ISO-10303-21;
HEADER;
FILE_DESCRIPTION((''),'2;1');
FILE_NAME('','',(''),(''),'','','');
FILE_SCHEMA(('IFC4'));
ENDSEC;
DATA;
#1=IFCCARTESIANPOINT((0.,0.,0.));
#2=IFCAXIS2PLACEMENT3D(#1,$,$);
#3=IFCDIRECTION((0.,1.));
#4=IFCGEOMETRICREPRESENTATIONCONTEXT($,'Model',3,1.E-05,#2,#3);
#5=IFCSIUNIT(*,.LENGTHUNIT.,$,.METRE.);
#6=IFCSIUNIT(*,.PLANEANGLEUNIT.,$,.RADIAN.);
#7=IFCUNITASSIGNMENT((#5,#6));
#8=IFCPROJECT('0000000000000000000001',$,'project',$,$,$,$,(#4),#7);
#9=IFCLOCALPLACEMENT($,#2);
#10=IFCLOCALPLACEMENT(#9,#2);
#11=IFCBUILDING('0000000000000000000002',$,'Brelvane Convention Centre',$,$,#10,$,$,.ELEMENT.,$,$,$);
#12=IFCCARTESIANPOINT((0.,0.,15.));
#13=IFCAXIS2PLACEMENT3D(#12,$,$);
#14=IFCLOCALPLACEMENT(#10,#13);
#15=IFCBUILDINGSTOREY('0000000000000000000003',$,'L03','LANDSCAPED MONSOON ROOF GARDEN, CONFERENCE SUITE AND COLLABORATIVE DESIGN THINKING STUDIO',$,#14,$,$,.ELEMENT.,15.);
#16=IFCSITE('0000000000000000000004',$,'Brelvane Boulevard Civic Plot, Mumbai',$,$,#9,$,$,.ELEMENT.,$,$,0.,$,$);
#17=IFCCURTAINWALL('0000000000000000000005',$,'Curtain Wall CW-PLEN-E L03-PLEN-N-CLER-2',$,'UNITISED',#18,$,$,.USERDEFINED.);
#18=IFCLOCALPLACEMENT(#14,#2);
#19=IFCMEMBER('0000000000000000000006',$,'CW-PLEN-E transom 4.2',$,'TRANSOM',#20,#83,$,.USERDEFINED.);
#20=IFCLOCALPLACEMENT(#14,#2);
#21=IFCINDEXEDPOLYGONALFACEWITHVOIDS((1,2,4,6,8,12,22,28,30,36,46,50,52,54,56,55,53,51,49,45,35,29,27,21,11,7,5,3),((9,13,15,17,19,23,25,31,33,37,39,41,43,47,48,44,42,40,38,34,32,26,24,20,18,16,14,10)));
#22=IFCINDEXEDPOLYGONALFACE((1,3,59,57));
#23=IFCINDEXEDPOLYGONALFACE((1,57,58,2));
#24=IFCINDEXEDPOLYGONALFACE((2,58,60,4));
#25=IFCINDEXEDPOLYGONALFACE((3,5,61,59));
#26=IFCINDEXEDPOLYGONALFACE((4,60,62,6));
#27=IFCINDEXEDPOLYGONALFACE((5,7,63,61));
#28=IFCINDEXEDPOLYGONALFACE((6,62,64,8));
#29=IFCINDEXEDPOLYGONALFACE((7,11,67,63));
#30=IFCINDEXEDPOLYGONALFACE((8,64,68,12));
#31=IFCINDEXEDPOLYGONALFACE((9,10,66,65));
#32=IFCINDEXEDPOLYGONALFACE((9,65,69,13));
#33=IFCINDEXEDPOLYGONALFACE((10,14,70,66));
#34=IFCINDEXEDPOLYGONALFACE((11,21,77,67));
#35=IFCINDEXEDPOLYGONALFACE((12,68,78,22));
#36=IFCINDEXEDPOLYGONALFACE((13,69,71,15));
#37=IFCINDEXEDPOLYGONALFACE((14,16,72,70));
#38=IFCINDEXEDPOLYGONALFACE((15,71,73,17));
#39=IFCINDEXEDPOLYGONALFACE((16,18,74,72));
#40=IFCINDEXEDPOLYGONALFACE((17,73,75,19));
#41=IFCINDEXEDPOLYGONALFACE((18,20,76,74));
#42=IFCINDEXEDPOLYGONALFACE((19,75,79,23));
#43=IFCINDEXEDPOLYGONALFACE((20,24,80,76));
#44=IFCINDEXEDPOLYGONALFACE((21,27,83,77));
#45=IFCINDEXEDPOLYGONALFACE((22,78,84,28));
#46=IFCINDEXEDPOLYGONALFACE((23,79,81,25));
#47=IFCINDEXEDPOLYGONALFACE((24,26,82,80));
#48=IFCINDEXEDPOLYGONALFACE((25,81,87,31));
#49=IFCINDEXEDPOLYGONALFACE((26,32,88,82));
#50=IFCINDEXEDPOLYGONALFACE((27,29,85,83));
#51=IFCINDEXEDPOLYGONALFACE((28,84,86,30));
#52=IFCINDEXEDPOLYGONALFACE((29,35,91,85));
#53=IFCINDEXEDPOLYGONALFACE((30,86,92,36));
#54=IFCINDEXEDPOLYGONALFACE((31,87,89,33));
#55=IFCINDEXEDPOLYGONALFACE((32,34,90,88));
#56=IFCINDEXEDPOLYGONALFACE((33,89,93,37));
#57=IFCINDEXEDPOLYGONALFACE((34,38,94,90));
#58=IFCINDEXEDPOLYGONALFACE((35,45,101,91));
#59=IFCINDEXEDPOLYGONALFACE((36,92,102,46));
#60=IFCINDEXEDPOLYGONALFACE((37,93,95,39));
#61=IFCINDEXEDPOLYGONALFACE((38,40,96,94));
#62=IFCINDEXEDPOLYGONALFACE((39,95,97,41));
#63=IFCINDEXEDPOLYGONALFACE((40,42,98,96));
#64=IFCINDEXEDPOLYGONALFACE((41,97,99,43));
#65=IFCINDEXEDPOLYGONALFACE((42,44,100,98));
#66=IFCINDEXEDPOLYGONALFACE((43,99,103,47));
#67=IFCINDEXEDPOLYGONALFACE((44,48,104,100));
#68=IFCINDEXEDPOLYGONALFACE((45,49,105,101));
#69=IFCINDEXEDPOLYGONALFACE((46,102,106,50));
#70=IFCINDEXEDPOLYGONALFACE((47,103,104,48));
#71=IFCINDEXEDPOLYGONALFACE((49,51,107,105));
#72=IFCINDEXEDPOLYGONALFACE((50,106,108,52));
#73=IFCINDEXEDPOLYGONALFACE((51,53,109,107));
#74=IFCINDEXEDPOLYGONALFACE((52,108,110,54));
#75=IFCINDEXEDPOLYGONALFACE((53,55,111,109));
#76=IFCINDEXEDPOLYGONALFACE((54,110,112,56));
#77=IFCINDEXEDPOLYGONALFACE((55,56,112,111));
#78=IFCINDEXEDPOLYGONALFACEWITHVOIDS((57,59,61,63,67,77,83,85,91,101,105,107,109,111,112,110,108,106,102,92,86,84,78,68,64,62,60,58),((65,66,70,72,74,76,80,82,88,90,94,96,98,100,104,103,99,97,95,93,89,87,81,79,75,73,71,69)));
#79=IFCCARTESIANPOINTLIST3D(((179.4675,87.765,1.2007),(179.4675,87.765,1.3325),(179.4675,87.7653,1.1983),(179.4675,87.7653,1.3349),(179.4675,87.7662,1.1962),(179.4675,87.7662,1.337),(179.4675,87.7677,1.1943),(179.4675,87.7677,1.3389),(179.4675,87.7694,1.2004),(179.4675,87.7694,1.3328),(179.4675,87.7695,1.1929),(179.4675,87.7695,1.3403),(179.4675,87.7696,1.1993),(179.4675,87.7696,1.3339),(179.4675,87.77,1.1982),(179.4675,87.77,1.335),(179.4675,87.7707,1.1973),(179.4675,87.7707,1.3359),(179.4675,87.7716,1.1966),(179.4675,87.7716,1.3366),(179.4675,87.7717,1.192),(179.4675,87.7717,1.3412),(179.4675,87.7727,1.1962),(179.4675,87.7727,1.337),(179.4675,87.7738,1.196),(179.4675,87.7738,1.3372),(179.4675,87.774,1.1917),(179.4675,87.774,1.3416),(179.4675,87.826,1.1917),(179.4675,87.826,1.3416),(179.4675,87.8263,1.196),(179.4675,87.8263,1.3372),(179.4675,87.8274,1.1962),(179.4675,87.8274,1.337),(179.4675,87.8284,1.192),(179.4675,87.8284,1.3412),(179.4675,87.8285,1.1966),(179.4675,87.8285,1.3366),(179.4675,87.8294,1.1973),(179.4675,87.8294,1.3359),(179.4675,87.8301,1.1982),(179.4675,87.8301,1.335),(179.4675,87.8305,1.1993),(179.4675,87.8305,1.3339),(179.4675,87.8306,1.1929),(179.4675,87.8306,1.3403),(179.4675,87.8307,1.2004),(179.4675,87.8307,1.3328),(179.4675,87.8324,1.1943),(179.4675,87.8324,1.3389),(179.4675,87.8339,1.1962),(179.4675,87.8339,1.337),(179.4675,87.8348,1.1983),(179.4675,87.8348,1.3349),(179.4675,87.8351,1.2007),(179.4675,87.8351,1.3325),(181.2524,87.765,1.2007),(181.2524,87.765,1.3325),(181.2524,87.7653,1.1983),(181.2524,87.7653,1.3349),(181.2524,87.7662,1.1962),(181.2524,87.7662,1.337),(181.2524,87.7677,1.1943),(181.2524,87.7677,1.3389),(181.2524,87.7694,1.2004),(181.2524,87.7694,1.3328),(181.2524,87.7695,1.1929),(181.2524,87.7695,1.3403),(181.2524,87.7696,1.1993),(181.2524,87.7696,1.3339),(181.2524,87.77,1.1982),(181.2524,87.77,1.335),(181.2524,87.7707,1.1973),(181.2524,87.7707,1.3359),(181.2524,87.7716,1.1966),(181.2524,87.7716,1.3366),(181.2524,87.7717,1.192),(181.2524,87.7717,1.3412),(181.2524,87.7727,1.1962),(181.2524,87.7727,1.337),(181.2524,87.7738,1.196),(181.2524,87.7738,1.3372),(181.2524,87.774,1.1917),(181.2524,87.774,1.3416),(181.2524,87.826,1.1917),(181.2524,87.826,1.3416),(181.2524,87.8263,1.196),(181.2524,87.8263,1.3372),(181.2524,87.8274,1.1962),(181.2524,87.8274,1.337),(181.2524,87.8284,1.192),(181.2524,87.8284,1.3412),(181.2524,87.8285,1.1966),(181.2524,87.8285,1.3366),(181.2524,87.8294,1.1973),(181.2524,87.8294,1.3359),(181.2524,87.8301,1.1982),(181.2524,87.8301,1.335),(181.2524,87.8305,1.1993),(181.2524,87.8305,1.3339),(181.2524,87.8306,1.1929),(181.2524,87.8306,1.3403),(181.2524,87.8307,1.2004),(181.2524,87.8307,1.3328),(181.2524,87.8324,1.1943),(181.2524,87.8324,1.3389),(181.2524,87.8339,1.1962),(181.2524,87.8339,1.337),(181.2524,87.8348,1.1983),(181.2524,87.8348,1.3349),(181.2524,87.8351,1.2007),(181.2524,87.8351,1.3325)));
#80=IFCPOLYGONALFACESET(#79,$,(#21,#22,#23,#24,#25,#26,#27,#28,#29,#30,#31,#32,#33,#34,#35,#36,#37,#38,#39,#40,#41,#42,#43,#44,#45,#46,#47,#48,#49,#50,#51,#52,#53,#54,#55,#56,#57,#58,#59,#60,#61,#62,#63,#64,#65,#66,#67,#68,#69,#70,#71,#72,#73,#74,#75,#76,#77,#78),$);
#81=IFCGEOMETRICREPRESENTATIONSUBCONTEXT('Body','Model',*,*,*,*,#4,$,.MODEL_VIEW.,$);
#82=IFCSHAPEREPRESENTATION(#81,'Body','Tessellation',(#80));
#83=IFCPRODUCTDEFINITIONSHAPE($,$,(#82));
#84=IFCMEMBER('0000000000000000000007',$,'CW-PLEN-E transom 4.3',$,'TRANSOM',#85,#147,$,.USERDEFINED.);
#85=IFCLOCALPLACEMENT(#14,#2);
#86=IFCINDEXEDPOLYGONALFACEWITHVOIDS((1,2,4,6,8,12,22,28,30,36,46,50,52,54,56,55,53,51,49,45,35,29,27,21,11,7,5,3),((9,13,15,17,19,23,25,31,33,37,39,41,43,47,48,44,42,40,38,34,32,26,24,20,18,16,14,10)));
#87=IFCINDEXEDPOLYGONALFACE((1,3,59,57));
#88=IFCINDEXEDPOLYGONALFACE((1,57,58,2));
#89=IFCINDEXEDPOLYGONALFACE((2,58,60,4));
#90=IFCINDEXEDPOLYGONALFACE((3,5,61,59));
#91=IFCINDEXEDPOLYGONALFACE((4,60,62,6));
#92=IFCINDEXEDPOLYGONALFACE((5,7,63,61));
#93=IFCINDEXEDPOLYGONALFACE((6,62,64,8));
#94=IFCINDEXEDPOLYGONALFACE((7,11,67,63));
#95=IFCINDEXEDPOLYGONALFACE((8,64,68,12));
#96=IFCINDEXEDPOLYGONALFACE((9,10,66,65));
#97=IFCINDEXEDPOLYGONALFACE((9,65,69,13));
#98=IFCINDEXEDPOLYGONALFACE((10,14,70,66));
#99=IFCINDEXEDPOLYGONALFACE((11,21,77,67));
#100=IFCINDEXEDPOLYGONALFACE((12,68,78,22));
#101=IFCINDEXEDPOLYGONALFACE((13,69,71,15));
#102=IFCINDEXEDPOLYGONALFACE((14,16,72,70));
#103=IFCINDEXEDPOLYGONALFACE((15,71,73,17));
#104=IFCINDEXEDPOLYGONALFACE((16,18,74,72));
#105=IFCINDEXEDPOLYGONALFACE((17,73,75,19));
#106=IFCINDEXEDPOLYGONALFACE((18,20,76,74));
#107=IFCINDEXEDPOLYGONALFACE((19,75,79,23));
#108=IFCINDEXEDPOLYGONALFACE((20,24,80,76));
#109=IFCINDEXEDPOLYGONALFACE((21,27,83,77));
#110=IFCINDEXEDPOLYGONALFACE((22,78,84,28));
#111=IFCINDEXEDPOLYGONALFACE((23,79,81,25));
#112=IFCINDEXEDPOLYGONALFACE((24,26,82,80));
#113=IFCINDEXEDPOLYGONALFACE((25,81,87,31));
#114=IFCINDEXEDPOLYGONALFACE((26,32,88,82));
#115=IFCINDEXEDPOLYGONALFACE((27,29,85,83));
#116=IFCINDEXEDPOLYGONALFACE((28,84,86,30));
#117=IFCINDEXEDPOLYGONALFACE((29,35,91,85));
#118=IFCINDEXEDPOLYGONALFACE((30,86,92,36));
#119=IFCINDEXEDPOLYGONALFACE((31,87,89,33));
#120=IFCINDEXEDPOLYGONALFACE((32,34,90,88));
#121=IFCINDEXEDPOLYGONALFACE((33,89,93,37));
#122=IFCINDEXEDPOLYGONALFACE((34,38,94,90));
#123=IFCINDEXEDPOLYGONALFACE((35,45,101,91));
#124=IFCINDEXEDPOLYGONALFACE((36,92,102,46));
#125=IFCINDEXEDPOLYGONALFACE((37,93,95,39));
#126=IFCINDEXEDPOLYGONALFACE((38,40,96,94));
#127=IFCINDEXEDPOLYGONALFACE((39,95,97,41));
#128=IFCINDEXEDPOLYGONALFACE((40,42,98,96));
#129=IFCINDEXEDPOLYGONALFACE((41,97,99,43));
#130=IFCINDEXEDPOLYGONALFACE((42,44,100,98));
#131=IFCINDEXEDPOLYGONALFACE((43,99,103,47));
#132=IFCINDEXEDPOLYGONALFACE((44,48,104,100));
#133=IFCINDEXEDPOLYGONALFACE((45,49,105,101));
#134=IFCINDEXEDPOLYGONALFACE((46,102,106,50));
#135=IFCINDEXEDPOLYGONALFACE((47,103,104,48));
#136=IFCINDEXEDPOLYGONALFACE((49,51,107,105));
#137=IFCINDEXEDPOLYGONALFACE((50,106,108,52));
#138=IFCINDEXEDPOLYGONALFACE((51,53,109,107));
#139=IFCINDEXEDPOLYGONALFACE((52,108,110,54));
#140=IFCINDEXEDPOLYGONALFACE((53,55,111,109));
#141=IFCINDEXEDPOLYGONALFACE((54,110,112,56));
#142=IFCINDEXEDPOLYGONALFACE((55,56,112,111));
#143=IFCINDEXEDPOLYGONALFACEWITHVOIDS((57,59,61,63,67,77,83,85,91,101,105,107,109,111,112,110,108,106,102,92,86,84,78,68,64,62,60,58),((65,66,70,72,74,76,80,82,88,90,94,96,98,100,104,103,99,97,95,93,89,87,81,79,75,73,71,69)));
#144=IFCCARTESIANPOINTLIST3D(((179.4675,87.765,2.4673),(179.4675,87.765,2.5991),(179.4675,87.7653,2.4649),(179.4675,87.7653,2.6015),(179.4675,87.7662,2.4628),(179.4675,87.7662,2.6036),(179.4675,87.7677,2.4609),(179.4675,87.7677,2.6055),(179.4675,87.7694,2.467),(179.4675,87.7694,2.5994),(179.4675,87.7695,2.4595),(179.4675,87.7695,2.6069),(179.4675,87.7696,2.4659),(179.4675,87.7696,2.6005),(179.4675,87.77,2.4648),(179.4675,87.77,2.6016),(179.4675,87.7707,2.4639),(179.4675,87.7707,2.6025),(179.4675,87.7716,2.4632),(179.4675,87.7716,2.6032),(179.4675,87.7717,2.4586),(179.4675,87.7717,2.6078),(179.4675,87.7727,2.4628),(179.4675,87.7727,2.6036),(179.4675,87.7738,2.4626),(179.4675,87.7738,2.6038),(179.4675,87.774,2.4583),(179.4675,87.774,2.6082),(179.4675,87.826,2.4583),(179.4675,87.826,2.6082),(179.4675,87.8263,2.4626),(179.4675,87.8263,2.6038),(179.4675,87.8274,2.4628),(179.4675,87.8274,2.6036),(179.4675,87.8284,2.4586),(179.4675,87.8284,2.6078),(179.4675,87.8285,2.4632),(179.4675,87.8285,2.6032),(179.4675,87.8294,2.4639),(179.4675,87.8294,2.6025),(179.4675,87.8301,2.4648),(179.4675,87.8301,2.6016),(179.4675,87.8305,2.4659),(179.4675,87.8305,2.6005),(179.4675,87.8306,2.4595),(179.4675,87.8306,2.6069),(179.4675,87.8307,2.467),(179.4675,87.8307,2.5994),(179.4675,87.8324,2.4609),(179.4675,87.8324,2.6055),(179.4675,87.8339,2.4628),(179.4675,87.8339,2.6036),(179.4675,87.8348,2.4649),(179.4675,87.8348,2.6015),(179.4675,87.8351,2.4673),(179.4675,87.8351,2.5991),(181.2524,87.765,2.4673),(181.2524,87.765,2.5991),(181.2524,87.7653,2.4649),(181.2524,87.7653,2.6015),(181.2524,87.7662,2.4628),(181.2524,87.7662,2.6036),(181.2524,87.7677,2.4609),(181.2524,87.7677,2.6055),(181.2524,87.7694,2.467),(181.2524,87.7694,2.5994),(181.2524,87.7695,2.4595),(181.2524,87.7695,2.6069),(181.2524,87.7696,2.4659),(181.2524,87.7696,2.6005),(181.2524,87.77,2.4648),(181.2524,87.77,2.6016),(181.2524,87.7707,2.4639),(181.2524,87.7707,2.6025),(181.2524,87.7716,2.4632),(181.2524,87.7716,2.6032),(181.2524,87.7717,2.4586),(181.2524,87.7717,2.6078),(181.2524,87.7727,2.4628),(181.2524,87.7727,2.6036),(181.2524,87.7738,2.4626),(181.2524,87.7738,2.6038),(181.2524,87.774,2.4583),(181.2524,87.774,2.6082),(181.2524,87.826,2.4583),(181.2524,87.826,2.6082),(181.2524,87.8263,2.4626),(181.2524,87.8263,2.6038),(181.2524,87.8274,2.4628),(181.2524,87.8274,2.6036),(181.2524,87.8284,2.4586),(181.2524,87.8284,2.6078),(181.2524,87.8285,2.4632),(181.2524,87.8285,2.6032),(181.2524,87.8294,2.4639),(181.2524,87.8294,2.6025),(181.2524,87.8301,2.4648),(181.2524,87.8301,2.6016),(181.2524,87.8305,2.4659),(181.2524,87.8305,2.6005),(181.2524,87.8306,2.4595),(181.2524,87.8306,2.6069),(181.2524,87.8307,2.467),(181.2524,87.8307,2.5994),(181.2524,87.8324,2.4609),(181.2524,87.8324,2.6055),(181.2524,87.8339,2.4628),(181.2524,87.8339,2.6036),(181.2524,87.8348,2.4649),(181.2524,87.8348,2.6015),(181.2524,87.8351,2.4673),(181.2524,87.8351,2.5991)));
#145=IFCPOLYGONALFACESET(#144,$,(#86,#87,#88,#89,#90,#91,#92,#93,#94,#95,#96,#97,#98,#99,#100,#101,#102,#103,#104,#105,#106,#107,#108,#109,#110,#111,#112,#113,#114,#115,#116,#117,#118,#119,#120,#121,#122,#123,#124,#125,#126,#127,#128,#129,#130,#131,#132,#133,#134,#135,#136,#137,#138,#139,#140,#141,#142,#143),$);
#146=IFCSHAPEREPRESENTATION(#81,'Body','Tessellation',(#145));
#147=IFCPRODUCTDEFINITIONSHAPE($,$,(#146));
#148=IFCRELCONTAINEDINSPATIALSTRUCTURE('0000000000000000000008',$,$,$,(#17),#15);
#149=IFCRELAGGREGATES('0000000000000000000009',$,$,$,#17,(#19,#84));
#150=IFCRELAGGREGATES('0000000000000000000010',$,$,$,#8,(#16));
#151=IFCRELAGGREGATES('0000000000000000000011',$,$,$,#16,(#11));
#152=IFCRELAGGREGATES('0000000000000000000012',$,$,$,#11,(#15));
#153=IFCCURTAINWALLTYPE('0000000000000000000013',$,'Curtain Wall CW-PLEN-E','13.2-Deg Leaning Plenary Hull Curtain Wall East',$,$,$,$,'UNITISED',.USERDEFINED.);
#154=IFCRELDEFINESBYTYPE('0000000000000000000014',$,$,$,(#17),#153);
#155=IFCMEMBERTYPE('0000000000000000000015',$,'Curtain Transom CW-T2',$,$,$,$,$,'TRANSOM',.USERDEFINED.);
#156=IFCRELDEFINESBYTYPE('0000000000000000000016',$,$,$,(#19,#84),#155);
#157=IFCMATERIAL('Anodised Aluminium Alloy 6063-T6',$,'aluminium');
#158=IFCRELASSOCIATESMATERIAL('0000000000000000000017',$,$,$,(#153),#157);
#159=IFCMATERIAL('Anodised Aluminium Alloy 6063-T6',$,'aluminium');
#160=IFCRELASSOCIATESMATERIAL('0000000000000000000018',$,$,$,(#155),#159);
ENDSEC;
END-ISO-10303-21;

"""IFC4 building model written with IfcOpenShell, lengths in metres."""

from ifc_helpers import new_model, si_unit, direction, frame, origin, origin_2d, place, context, subcontext, project, spatial, hollow_rectangle, extrude, material, material_profile, profile_set, type_object, element, aggregate, save


model = new_model("IFC4")

# Units and contexts
model_context = context("Model", 3, precision=1e-05, world=origin(), true_north=direction((0.0, 1.0)))
body_context = subcontext(model_context, "Body", "Model", "MODEL_VIEW")
ifc_project = project(units=[si_unit("LENGTHUNIT", "METRE"), si_unit("PLANEANGLEUNIT", "RADIAN")], contexts=[model_context])

# Site, building, storey
site_placement = place(None, origin())
site = spatial("IfcSite", under=ifc_project, at=site_placement, Name="Brelvane Boulevard Civic Plot, Mumbai", CompositionType="ELEMENT", RefElevation=0.0)
building_placement = place(site_placement, origin())
building = spatial("IfcBuilding", under=site, at=building_placement, Name="Brelvane Convention Centre", CompositionType="ELEMENT")
storey_placement = place(building_placement, frame((0.0, 0.0, 15.0)))
storey = spatial("IfcBuildingStorey", under=building, at=storey_placement, Name="L03", Description="LANDSCAPED MONSOON ROOF GARDEN, CONFERENCE SUITE AND COLLABORATIVE DESIGN THINKING STUDIO", CompositionType="ELEMENT", Elevation=15.0)

# Curtain wall, members
ifc_material_1 = material(Name="Anodised Aluminium Alloy 6063-T6", Category="aluminium")
curtain_wall_type = type_object("IfcCurtainWallType", Name="Curtain Wall CW-PLEN-E", Description="13.2-Deg Leaning Plenary Hull Curtain Wall East", ElementType="UNITISED", PredefinedType="USERDEFINED", material=ifc_material_1)
curtain_wall_placement = place(storey_placement, origin())
curtain_wall = element("IfcCurtainWall", 1, at=curtain_wall_placement, inside=storey, type_object=curtain_wall_type, Name="Curtain Wall CW-PLEN-E L03-PLEN-N-CLER-2", ObjectType="UNITISED", PredefinedType="USERDEFINED")
ifc_material_2 = material(Name="Anodised Aluminium Alloy 6063-T6", Category="aluminium")
ifc_material_profile_1 = material_profile(ifc_material_2, hollow_rectangle(XDim=0.0701, YDim=0.1499, WallThickness=0.0044, InnerFilletRadius=0.0044, OuterFilletRadius=0.009, at=origin_2d()), Name="ALU-T 150x70x4.5")
ifc_profile_set_1 = profile_set([ifc_material_profile_1], Name="Anodised Aluminium Alloy 6063-T6")
member_type_1 = type_object("IfcMemberType", Name="Curtain Transom CW-T2", ElementType="TRANSOM", PredefinedType="USERDEFINED", material=ifc_profile_set_1)
member_1_placement = place(storey_placement, frame((179.4675, 87.8, 1.2666), z_axis=(1.0, 0.0, 0.0), x_axis=(0.0, 1.0, 0.0)))
member_1 = element("IfcMember", 2, at=member_1_placement, type_object=member_type_1, Name="CW-PLEN-E transom 4.2", ObjectType="TRANSOM", PredefinedType="USERDEFINED", context=body_context, shape_type="SweptSolid", body=[
    extrude(hollow_rectangle(XDim=0.0701, YDim=0.1499, WallThickness=0.0044, InnerFilletRadius=0.0044, OuterFilletRadius=0.009, at=origin_2d()), origin(), (0.0, 0.0, 1.0), 1.7849),
])
member_2_placement = place(storey_placement, frame((179.4675, 87.8, 2.5332), z_axis=(1.0, 0.0, 0.0), x_axis=(0.0, 1.0, 0.0)))
member_2 = element("IfcMember", 3, at=member_2_placement, type_object=member_type_1, Name="CW-PLEN-E transom 4.3", ObjectType="TRANSOM", PredefinedType="USERDEFINED", context=body_context, shape_type="SweptSolid", body=[
    extrude(hollow_rectangle(XDim=0.0701, YDim=0.1499, WallThickness=0.0044, InnerFilletRadius=0.0044, OuterFilletRadius=0.009, at=origin_2d()), origin(), (0.0, 0.0, 1.0), 1.7849),
])

aggregate(curtain_wall, [member_1, member_2])

save(model, "model.ifc")
